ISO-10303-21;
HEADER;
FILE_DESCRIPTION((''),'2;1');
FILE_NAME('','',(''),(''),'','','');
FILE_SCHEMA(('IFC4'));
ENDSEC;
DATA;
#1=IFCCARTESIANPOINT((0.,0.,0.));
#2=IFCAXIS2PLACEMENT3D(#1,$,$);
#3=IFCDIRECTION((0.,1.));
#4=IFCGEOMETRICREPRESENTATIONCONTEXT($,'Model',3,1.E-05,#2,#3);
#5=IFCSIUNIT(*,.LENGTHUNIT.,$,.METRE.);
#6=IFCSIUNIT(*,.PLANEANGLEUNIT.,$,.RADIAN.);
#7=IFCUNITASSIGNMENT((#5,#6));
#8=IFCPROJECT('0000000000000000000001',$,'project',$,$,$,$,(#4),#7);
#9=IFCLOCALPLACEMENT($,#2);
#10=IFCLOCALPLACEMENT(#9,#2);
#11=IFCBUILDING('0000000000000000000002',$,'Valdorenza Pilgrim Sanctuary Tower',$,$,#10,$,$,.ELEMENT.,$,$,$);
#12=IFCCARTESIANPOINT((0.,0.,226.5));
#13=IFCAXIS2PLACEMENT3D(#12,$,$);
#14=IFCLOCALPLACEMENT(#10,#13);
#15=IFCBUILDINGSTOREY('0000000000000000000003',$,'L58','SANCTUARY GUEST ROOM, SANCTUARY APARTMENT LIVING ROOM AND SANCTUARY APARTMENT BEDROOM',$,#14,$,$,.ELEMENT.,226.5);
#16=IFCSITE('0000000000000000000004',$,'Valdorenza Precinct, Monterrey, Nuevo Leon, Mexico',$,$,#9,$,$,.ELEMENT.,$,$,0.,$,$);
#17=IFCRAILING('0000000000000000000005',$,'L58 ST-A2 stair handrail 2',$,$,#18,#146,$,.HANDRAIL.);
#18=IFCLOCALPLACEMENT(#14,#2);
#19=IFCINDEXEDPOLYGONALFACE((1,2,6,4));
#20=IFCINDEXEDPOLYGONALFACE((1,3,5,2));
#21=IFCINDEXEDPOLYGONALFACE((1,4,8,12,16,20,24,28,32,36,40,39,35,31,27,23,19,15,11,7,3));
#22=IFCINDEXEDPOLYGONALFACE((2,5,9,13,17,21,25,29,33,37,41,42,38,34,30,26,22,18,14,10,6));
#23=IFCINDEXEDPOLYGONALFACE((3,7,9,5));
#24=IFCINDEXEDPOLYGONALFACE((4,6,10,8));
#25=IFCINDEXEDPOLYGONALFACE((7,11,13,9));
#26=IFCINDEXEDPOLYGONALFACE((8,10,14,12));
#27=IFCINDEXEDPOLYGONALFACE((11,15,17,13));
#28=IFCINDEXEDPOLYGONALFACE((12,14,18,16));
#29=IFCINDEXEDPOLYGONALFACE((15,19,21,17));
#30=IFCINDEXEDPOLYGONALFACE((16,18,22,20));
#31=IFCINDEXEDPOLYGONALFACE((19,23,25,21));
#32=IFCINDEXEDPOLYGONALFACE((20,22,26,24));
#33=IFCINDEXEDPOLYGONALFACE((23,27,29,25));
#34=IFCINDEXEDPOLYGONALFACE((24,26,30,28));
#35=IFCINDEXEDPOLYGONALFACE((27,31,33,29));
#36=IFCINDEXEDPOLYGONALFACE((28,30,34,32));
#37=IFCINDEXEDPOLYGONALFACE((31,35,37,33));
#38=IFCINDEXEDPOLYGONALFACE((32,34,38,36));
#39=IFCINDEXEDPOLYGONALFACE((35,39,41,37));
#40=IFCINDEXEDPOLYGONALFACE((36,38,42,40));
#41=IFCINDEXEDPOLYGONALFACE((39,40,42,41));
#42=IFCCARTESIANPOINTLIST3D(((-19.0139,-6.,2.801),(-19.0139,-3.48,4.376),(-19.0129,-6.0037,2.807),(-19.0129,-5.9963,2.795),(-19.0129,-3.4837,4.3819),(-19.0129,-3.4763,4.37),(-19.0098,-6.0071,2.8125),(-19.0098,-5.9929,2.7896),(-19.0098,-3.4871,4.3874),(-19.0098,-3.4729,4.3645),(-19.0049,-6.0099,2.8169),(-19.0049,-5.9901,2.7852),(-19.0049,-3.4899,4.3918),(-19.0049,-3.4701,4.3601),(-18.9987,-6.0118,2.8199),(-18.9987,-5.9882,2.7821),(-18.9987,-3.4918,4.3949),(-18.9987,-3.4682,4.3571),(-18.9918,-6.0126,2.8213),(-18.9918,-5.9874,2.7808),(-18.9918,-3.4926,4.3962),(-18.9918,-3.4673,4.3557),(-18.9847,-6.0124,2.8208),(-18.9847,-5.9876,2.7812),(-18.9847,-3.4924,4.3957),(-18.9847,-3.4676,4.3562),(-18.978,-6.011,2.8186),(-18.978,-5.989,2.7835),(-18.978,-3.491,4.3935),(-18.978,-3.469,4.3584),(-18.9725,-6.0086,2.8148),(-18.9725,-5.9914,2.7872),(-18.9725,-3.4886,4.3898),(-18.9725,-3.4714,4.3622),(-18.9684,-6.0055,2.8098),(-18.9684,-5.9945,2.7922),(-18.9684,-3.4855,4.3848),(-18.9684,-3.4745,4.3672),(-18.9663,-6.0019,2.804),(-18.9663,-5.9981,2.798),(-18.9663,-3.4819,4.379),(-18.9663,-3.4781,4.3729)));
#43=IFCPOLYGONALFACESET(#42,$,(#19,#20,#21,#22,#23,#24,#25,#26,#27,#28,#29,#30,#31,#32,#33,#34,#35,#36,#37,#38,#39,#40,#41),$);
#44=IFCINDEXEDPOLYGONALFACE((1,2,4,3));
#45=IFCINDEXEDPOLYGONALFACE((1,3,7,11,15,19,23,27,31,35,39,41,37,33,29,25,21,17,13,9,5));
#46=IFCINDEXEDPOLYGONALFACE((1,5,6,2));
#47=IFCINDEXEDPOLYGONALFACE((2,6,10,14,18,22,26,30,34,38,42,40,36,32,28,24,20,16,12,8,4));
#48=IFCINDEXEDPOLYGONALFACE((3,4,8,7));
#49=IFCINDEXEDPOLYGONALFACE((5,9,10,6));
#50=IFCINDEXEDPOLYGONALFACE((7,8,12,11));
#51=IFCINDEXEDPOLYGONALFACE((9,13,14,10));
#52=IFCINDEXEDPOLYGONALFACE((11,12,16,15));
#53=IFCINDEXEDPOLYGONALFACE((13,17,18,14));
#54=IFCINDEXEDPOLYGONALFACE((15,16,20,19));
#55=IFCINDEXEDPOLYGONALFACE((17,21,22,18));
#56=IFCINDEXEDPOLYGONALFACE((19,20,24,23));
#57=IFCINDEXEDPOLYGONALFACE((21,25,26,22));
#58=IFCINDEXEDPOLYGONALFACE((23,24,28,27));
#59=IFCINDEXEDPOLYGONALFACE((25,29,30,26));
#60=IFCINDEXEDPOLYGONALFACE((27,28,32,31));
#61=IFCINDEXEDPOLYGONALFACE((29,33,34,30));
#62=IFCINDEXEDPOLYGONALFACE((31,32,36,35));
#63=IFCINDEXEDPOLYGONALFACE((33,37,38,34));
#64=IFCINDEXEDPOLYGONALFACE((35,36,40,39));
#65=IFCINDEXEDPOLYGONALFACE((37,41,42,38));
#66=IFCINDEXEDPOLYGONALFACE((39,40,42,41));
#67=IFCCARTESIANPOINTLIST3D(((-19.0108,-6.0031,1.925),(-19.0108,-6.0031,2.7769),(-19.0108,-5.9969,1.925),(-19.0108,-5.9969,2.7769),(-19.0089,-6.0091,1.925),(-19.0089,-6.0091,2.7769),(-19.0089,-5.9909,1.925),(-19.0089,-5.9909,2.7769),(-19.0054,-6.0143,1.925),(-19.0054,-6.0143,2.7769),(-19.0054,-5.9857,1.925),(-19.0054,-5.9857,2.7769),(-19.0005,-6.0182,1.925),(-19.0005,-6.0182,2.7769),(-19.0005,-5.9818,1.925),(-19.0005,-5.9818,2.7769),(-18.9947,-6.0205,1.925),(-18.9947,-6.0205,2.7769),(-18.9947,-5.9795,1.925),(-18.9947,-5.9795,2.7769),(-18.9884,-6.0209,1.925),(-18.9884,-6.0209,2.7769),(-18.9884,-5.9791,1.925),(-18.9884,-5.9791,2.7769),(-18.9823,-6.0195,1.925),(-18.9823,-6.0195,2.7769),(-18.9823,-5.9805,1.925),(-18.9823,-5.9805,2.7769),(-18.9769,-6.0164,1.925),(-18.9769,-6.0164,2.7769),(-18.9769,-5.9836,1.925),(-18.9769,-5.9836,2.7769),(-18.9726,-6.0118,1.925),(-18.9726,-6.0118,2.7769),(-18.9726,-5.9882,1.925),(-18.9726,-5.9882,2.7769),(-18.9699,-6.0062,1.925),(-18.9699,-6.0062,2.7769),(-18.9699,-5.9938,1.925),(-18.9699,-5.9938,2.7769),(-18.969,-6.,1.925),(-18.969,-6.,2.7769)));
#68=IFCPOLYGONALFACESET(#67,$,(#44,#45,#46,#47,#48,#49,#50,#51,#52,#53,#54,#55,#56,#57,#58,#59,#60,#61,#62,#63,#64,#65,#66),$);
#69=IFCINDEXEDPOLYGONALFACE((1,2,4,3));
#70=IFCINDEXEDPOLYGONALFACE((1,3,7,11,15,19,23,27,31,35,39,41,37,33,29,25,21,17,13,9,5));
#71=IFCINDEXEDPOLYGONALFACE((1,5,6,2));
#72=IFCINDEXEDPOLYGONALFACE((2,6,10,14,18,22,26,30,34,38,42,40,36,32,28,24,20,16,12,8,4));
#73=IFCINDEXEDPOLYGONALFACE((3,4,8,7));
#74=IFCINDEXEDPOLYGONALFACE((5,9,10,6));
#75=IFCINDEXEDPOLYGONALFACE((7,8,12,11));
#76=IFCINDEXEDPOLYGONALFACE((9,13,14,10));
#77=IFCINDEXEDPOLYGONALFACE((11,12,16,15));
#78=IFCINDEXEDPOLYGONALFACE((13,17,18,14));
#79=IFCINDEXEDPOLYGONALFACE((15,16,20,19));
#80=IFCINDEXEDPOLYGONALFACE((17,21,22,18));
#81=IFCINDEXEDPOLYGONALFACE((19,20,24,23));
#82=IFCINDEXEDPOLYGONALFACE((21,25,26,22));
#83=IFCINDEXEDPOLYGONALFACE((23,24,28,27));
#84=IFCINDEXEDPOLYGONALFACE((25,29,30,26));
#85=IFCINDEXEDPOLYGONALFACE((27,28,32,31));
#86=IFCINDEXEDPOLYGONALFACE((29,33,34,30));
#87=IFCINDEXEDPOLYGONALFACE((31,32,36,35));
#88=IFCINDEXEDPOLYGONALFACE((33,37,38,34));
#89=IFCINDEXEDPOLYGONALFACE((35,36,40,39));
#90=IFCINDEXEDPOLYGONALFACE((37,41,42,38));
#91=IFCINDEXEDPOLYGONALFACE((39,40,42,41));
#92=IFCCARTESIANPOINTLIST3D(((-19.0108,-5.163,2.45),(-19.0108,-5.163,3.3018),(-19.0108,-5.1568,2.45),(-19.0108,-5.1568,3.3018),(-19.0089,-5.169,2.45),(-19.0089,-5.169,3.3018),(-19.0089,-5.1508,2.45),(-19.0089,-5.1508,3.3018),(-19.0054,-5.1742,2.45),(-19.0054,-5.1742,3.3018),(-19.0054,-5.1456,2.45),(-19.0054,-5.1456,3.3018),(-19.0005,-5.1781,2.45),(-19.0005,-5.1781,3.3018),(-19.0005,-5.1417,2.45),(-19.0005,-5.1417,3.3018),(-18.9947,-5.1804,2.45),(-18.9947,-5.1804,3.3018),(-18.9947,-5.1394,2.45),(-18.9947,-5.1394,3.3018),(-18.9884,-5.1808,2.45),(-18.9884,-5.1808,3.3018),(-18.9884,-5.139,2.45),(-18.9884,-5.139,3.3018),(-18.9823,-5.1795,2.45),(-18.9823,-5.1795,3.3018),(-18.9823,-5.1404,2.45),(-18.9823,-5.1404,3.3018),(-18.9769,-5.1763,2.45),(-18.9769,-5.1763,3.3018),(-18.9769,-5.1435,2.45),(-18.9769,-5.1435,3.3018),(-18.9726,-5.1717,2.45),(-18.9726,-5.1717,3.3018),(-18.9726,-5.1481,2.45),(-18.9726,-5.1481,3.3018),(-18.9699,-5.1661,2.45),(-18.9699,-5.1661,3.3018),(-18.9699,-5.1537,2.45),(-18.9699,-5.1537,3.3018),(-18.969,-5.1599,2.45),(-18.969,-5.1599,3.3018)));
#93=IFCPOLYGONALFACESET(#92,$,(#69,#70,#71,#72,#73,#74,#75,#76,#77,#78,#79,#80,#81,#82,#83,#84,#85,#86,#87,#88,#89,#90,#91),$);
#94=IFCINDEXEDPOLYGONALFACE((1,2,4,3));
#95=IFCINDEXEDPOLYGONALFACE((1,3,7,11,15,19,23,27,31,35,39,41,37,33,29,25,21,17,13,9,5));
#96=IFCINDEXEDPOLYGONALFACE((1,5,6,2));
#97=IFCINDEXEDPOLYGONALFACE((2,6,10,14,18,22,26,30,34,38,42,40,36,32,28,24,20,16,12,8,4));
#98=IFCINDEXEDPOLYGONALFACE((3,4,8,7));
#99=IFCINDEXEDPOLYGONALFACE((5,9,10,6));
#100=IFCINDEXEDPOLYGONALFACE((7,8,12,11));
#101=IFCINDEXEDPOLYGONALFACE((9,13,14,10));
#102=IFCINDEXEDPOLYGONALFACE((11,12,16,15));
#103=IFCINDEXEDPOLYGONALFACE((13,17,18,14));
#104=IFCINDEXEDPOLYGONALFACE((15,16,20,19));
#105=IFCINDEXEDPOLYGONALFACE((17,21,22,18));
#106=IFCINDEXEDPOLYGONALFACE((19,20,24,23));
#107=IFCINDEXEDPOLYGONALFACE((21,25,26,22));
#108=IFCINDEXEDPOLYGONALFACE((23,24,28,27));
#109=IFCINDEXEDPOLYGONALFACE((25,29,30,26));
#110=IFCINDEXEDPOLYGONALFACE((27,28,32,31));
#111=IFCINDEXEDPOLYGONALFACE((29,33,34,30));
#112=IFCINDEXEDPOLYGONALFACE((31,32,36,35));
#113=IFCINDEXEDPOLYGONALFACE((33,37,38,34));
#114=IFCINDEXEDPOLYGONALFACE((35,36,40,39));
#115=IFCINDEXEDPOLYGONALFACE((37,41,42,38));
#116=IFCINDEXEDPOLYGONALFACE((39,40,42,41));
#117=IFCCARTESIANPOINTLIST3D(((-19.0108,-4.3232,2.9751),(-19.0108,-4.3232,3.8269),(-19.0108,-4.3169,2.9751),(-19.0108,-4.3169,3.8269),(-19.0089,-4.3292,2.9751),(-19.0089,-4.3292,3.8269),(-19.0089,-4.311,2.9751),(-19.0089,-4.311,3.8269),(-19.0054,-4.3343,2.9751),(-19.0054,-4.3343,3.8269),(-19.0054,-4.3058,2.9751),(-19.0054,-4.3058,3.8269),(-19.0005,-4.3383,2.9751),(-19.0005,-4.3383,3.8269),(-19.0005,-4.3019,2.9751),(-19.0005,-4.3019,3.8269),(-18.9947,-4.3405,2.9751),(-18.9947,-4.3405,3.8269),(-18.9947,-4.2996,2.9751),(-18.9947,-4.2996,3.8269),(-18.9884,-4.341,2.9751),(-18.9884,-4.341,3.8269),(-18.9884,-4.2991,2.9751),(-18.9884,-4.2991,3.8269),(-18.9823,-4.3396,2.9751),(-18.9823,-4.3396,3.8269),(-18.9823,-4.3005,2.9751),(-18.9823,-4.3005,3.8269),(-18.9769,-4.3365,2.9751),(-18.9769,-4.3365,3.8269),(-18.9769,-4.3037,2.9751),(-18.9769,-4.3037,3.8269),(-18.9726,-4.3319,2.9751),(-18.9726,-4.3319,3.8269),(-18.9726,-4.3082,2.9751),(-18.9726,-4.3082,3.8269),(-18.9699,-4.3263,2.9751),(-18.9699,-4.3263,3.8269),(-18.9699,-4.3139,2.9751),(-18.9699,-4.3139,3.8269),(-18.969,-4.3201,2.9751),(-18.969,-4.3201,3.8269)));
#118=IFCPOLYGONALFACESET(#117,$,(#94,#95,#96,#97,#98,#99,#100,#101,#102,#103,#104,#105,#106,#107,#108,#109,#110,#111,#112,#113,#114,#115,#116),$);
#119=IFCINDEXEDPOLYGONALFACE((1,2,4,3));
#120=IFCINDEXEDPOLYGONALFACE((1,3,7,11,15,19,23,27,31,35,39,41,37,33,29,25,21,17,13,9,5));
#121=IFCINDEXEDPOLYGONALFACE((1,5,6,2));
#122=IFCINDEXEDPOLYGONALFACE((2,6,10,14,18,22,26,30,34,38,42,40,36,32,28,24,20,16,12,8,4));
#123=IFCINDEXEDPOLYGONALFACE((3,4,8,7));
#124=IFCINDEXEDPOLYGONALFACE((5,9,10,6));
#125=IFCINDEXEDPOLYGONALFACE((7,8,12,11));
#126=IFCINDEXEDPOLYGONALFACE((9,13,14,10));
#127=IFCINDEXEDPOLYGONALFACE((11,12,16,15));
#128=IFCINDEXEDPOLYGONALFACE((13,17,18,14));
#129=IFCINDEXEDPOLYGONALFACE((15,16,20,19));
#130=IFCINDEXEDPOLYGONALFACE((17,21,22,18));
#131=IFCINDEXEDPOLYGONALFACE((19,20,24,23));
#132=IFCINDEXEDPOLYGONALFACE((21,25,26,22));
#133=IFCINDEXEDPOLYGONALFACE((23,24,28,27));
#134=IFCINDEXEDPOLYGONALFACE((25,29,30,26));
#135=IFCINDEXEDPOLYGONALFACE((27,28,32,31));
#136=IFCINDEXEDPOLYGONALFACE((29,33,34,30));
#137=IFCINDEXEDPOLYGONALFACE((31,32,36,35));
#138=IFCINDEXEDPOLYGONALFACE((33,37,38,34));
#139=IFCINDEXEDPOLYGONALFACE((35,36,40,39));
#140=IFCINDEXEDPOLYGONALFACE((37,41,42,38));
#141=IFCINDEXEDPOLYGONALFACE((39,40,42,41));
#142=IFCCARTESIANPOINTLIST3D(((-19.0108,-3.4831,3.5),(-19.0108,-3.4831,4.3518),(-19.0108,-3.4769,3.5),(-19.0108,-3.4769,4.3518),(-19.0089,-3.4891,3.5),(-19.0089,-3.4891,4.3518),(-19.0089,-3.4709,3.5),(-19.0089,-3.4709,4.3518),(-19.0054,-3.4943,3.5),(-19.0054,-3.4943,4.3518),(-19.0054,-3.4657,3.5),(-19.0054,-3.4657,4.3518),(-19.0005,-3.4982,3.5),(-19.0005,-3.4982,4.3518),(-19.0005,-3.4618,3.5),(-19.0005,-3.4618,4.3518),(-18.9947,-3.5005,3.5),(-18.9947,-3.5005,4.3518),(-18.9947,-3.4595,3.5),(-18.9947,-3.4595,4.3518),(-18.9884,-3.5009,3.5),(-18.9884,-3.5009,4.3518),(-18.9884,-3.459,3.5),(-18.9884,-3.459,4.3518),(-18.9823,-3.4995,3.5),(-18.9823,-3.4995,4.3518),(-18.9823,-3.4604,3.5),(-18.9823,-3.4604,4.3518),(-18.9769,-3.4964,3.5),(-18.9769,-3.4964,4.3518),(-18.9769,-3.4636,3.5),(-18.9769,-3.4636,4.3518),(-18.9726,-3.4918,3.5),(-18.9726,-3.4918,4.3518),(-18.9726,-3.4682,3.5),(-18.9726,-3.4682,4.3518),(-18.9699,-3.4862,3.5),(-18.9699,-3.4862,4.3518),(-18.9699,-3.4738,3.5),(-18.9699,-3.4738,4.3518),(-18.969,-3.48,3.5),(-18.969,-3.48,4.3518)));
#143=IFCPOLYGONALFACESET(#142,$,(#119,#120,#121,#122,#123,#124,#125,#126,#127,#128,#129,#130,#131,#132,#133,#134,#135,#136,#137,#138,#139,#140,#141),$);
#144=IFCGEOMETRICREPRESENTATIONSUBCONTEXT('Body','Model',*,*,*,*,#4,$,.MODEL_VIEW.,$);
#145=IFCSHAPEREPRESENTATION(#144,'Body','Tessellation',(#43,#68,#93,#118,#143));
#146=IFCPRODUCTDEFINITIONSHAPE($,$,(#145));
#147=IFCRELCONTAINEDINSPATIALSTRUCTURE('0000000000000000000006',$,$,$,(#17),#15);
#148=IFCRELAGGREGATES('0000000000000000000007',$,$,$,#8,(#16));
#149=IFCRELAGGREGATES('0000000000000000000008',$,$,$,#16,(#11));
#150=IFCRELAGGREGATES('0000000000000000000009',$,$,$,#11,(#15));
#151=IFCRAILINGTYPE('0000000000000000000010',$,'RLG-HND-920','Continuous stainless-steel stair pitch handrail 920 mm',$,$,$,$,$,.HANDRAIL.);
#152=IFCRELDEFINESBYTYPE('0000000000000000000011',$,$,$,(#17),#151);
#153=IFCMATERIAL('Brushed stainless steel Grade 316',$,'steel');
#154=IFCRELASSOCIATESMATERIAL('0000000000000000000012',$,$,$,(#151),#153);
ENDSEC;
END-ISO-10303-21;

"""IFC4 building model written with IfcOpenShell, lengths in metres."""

from ifc_helpers import new_model, si_unit, direction, frame, origin, origin_2d, place, context, subcontext, project, spatial, circle, extrude, material, type_object, element, save


model = new_model("IFC4")

# Units and contexts
model_context = context("Model", 3, precision=1e-05, world=origin(), true_north=direction((0.0, 1.0)))
body_context = subcontext(model_context, "Body", "Model", "MODEL_VIEW")
ifc_project = project(units=[si_unit("LENGTHUNIT", "METRE"), si_unit("PLANEANGLEUNIT", "RADIAN")], contexts=[model_context])

# Site, building, storey
site_placement = place(None, origin())
site = spatial("IfcSite", under=ifc_project, at=site_placement, Name="Valdorenza Precinct, Monterrey, Nuevo Leon, Mexico", CompositionType="ELEMENT", RefElevation=0.0)
building_placement = place(site_placement, origin())
building = spatial("IfcBuilding", under=site, at=building_placement, Name="Valdorenza Pilgrim Sanctuary Tower", CompositionType="ELEMENT")
storey_placement = place(building_placement, frame((0.0, 0.0, 226.5)))
storey = spatial("IfcBuildingStorey", under=building, at=storey_placement, Name="L58", Description="SANCTUARY GUEST ROOM, SANCTUARY APARTMENT LIVING ROOM AND SANCTUARY APARTMENT BEDROOM", CompositionType="ELEMENT", Elevation=226.5)

# Shared definitions
ifc_material_1 = material(Name="Brushed stainless steel Grade 316", Category="steel")

# Railing
railing_type_1 = type_object("IfcRailingType", Name="RLG-HND-920", Description="Continuous stainless-steel stair pitch handrail 920 mm", PredefinedType="HANDRAIL", material=ifc_material_1)
railing_1_placement = place(storey_placement, frame((-18.99, -6.0, 1.925)))
element("IfcRailing", 1, at=railing_1_placement, inside=storey, type_object=railing_type_1, Name="L58 ST-A2 stair handrail 2", PredefinedType="HANDRAIL", context=body_context, shape_type="SweptSolid", body=[
    extrude(circle(Radius=0.0239, at=origin_2d()), frame((0.0, 0.0, 0.876), z_axis=(0.0, 0.848008, 0.529984), x_axis=(-1.0, 0.0, 0.0)), (0.0, 0.0, 1.0), 2.9717),
    extrude(circle(Radius=0.021, at=origin_2d()), origin(), (0.0, 0.0, 1.0), 0.8518),
    extrude(circle(Radius=0.021, at=origin_2d()), frame((0.0, 0.8401, 0.5249)), (0.0, 0.0, 1.0), 0.8518),
    extrude(circle(Radius=0.021, at=origin_2d()), frame((0.0, 1.6799, 1.05)), (0.0, 0.0, 1.0), 0.8518),
    extrude(circle(Radius=0.021, at=origin_2d()), frame((0.0, 2.52, 1.575)), (0.0, 0.0, 1.0), 0.8518),
])

save(model, "model.ifc")
